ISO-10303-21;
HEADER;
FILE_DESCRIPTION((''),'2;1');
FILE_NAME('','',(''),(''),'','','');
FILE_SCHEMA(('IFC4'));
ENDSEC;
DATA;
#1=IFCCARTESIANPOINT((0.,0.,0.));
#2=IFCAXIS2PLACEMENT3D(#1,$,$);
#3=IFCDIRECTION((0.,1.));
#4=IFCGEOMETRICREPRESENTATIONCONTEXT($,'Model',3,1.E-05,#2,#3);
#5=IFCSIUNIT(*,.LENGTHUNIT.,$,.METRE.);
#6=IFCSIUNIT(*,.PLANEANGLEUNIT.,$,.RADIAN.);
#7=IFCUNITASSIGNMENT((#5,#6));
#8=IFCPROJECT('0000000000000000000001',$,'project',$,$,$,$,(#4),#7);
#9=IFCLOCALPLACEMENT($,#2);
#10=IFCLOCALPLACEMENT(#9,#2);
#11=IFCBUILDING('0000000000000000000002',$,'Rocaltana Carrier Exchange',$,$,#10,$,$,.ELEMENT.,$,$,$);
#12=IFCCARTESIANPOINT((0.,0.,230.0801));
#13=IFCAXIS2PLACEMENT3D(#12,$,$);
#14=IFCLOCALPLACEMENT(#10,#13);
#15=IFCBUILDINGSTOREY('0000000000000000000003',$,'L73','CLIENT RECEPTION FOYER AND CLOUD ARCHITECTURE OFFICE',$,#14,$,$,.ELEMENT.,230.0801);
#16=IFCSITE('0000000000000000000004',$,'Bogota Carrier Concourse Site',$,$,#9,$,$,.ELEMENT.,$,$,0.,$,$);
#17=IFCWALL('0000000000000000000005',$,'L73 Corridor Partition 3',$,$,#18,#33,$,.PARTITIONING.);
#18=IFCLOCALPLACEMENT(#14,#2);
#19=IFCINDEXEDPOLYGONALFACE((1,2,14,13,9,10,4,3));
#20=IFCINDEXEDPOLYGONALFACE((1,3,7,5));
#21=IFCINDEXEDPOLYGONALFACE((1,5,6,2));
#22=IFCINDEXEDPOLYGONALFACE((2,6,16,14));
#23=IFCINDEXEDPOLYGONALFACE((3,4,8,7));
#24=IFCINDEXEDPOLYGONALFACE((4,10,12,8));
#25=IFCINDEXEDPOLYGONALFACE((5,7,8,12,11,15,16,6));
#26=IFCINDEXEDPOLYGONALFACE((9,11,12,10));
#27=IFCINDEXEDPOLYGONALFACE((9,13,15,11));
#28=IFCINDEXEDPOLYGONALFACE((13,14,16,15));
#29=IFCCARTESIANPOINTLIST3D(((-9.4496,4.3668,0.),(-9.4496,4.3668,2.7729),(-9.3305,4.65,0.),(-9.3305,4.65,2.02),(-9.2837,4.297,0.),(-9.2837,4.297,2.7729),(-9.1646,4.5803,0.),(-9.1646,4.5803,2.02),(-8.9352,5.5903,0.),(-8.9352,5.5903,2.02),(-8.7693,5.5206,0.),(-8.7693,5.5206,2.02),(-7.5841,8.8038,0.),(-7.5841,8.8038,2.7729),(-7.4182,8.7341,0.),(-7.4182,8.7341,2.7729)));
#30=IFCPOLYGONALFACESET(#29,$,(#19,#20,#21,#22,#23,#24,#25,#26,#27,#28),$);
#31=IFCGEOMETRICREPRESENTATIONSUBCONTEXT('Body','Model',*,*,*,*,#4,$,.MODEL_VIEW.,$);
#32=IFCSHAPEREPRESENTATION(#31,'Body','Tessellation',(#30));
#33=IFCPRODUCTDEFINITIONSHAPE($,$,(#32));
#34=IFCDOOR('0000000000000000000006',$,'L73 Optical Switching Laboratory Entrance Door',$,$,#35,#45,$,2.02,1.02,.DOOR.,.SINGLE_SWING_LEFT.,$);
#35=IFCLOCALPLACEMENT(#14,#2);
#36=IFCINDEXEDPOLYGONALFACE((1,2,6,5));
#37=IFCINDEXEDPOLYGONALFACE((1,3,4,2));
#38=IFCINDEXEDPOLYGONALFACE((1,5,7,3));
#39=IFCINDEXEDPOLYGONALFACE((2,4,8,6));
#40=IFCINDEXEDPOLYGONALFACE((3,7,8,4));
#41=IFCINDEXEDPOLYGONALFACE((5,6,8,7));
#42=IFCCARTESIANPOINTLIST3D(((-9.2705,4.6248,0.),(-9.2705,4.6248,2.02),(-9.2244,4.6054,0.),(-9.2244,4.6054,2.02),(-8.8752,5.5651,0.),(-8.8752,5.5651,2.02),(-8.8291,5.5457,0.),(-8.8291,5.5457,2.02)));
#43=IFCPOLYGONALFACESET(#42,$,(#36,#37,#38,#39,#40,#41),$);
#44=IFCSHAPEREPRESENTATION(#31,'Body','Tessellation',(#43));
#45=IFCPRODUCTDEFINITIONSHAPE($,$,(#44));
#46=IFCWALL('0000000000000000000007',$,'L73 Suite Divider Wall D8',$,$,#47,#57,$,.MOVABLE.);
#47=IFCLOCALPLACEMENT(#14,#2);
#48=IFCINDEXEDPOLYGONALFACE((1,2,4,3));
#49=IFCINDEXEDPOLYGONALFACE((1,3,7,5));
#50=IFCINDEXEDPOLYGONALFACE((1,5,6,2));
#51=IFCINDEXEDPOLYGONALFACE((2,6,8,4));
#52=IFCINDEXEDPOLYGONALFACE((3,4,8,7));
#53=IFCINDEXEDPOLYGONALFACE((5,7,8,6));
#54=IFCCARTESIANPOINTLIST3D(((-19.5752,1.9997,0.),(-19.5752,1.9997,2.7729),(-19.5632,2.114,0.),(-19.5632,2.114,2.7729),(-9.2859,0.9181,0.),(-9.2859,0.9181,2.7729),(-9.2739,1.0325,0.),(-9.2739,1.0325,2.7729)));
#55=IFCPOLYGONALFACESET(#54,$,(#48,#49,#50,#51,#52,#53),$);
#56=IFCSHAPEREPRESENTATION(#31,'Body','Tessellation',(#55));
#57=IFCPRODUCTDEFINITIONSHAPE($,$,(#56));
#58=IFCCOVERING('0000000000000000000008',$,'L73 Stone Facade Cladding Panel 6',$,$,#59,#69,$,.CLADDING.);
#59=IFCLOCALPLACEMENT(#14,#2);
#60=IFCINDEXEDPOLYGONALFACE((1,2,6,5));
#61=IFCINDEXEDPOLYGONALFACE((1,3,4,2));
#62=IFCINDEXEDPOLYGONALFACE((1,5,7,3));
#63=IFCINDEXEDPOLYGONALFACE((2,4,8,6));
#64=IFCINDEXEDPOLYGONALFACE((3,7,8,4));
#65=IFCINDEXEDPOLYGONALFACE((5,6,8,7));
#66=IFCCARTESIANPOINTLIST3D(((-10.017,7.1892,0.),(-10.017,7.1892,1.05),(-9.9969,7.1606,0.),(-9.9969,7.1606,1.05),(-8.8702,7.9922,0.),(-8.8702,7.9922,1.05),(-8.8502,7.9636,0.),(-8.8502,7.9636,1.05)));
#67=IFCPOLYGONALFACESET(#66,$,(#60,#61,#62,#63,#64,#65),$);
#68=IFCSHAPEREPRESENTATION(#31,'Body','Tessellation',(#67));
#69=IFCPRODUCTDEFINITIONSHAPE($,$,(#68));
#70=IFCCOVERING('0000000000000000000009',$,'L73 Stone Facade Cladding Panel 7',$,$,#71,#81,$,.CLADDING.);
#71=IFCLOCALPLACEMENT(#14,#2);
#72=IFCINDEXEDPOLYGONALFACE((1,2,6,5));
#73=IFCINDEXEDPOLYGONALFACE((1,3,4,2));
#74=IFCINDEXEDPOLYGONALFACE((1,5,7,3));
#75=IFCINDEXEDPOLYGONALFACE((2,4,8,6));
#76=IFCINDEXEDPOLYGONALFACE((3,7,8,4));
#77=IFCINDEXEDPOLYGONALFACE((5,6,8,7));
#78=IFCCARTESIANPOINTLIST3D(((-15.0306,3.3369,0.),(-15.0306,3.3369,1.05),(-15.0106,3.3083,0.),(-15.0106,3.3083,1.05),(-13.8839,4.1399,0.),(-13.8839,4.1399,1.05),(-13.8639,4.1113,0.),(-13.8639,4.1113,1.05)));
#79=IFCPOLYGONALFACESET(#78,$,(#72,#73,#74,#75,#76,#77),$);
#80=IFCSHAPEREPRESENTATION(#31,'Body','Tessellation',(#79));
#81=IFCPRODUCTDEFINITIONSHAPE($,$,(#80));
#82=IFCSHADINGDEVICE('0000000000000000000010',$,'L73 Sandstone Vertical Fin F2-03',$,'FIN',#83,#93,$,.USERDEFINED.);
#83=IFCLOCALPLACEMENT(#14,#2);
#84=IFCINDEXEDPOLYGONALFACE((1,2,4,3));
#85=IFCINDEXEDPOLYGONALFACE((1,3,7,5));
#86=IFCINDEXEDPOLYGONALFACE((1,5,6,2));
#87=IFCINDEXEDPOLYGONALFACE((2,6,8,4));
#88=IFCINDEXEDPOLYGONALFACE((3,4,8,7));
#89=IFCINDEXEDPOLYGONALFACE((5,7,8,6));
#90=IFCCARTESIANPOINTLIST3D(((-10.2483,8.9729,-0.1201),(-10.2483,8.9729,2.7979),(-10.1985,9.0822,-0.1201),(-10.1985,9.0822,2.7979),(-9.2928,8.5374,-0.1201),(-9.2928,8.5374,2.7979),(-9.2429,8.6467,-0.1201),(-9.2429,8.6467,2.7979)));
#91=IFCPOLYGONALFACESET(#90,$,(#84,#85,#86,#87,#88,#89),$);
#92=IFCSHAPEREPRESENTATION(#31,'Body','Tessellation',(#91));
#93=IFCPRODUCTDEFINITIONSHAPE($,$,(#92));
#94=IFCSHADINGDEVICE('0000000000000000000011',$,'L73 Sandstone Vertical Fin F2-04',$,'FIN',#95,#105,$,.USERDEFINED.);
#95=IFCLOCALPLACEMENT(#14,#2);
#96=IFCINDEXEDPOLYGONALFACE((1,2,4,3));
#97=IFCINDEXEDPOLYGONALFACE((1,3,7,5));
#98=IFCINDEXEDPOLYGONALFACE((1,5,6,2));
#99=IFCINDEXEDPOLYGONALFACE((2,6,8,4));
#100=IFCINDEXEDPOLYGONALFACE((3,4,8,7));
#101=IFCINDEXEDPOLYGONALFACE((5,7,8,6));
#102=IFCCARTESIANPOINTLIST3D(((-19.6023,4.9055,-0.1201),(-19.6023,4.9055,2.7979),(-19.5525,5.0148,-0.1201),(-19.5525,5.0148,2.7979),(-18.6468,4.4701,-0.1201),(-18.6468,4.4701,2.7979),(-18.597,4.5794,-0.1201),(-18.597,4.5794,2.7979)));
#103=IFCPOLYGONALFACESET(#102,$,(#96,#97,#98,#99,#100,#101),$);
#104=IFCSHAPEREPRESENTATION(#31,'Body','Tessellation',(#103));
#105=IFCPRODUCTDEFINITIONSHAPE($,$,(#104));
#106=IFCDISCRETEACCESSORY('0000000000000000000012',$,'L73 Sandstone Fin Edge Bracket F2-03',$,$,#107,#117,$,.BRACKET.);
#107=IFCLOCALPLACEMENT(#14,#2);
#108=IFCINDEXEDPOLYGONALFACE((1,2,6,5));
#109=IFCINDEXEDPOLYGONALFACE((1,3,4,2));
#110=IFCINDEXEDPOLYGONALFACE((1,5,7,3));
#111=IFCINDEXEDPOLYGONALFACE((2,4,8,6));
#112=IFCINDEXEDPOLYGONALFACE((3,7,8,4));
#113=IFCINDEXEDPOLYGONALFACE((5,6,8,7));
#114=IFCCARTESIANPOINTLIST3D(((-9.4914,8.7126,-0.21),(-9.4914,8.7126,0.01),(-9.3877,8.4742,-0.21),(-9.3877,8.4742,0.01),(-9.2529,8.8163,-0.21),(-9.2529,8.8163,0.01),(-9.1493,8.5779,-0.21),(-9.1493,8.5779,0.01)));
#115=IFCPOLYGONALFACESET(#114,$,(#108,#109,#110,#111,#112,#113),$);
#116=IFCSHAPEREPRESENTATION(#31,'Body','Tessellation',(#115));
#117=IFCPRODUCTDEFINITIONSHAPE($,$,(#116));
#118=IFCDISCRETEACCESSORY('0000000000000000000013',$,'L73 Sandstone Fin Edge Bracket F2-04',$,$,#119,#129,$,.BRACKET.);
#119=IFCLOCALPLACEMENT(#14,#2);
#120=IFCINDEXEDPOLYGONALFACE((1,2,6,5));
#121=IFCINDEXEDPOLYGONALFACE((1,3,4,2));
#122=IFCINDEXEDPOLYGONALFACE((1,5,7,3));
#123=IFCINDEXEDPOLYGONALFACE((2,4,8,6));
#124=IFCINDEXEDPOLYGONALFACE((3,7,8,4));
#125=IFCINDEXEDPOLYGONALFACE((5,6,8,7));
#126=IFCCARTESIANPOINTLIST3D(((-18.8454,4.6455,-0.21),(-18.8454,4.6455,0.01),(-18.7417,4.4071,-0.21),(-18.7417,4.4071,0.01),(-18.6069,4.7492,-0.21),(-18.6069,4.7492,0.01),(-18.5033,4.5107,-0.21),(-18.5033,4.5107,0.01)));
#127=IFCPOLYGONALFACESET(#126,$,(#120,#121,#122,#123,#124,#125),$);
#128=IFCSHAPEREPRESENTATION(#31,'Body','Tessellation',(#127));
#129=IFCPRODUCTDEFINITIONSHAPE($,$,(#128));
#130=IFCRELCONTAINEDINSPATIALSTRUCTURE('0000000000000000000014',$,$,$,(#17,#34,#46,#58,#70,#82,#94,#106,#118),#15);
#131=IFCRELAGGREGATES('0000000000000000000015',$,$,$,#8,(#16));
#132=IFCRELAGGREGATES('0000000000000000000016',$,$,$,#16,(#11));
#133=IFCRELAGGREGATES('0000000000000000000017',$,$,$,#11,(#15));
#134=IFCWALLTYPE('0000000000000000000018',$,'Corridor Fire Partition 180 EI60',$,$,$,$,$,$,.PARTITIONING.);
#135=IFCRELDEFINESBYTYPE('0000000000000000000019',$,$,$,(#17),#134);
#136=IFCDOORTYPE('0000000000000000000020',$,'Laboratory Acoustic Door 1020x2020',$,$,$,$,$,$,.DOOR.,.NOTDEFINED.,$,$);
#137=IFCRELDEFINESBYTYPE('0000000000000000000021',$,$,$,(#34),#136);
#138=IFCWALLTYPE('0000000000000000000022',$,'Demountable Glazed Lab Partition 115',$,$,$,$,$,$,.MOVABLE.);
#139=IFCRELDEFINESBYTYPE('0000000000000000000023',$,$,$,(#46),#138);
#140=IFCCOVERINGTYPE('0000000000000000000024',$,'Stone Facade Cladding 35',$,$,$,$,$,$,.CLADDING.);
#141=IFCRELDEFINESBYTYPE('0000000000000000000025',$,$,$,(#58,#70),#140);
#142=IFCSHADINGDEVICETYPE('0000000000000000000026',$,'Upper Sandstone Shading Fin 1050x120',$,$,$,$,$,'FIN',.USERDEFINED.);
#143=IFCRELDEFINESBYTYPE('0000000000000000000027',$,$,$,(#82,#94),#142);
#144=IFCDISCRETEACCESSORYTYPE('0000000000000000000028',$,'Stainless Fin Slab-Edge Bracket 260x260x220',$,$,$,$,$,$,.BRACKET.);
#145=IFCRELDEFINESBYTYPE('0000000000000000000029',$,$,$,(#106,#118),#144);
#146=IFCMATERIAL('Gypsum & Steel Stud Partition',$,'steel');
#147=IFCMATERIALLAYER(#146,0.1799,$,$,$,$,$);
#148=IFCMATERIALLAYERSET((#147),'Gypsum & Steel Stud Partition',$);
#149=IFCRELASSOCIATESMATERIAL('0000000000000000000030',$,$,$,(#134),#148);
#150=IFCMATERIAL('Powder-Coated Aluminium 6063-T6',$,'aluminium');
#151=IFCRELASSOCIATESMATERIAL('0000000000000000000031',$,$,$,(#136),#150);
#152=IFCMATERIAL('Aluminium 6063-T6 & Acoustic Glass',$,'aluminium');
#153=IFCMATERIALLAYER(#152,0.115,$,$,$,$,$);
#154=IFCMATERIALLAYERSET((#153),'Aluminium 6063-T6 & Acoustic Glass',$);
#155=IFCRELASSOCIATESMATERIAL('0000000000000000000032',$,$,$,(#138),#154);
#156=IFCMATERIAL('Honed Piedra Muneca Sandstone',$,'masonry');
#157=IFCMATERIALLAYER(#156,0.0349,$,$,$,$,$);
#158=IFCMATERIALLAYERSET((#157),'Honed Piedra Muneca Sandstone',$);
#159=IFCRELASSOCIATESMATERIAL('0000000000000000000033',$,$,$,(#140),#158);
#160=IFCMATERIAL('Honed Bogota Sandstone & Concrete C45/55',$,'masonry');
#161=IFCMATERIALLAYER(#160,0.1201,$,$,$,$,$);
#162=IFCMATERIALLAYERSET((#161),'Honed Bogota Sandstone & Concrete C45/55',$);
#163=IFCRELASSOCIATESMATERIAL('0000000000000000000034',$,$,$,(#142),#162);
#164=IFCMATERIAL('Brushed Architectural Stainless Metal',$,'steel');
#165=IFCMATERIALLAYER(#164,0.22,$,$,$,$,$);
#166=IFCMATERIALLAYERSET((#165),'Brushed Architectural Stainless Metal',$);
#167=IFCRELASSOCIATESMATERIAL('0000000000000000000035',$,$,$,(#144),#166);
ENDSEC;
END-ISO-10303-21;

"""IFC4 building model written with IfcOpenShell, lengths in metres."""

from ifc_helpers import new_model, si_unit, direction, frame, frame_2d, origin, origin_2d, place, context, subcontext, project, spatial, rectangle, extrude, material, layer, layer_set, type_object, element, fill, save


model = new_model("IFC4")

# Units and contexts
model_context = context("Model", 3, precision=1e-05, world=origin(), true_north=direction((0.0, 1.0)))
body_context = subcontext(model_context, "Body", "Model", "MODEL_VIEW")
ifc_project = project(units=[si_unit("LENGTHUNIT", "METRE"), si_unit("PLANEANGLEUNIT", "RADIAN")], contexts=[model_context])

# Site, building, storey
site_placement = place(None, origin())
site = spatial("IfcSite", under=ifc_project, at=site_placement, Name="Bogota Carrier Concourse Site", CompositionType="ELEMENT", RefElevation=0.0)
building_placement = place(site_placement, origin())
building = spatial("IfcBuilding", under=site, at=building_placement, Name="Rocaltana Carrier Exchange", CompositionType="ELEMENT")
storey_placement = place(building_placement, frame((0.0, 0.0, 230.0801)))
storey = spatial("IfcBuildingStorey", under=building, at=storey_placement, Name="L73", Description="CLIENT RECEPTION FOYER AND CLOUD ARCHITECTURE OFFICE", CompositionType="ELEMENT", Elevation=230.0801)

# Wall, opening, door
ifc_material_1 = material(Name="Gypsum & Steel Stud Partition", Category="steel")
ifc_layer_1 = layer(ifc_material_1, 0.1799)
ifc_layer_set_1 = layer_set([ifc_layer_1], Name="Gypsum & Steel Stud Partition")
wall_type_1 = type_object("IfcWallType", Name="Corridor Fire Partition 180 EI60", PredefinedType="PARTITIONING", material=ifc_layer_set_1)
wall_1_placement = place(storey_placement, frame((-9.3667, 4.3318, 0.0), z_axis=(0.0, 0.0, 1.0), x_axis=(0.387574, 0.921839, 0.0)))
wall_1 = element("IfcWall", 1, at=wall_1_placement, inside=storey, type_object=wall_type_1, Name="L73 Corridor Partition 3", PredefinedType="PARTITIONING", context=body_context, shape_type="SweptSolid", body=[
    extrude(rectangle(XDim=4.8132, YDim=0.1799, at=frame_2d((2.4067, 0.0))), origin(), (0.0, 0.0, 1.0), 2.7729),
])
opening_placement = place(wall_1_placement, frame((0.3074, 0.0, 0.0)))
opening = element("IfcOpeningElement", 2, at=opening_placement, cuts=wall_1, PredefinedType="OPENING", context=body_context, shape_type="SweptSolid", body=[
    extrude(rectangle(XDim=1.02, YDim=2.02, at=frame_2d((0.51, 1.01))), frame((0.0, 0.0999, 0.0), z_axis=(0.0, -1.0, 0.0), x_axis=(1.0, 0.0, 0.0)), (0.0, 0.0, 1.0), 0.2),
])
ifc_material_2 = material(Name="Powder-Coated Aluminium 6063-T6", Category="aluminium")
door_type = type_object("IfcDoorType", Name="Laboratory Acoustic Door 1020x2020", OperationType="NOTDEFINED", PredefinedType="DOOR", material=ifc_material_2)
door_placement = place(opening_placement, origin())
door = element("IfcDoor", 3, at=door_placement, inside=storey, type_object=door_type, Name="L73 Optical Switching Laboratory Entrance Door", OperationType="SINGLE_SWING_LEFT", OverallHeight=2.02, OverallWidth=1.02, PredefinedType="DOOR", context=body_context, shape_type="SweptSolid", body=[
    extrude(rectangle(XDim=1.02, YDim=2.02, at=frame_2d((0.51, 1.01))), frame((0.0, 0.0249, 0.0), z_axis=(0.0, -1.0, 0.0), x_axis=(1.0, 0.0, 0.0)), (0.0, 0.0, 1.0), 0.05),
])
fill(opening, door)

# Wall
ifc_material_3 = material(Name="Aluminium 6063-T6 & Acoustic Glass", Category="aluminium")
ifc_layer_2 = layer(ifc_material_3, 0.115)
ifc_layer_set_2 = layer_set([ifc_layer_2], Name="Aluminium 6063-T6 & Acoustic Glass")
wall_type_2 = type_object("IfcWallType", Name="Demountable Glazed Lab Partition 115", PredefinedType="MOVABLE", material=ifc_layer_set_2)
wall_2_placement = place(storey_placement, frame((-9.28, 0.9753, 0.0), z_axis=(0.0, 0.0, 1.0), x_axis=(-0.994521, 0.104537, 0.0)))
element("IfcWall", 4, at=wall_2_placement, inside=storey, type_object=wall_type_2, Name="L73 Suite Divider Wall D8", PredefinedType="MOVABLE", context=body_context, shape_type="SweptSolid", body=[
    extrude(rectangle(XDim=10.3459, YDim=0.115, at=frame_2d((5.1729, 0.0))), origin(), (0.0, 0.0, 1.0), 2.7729),
])

# Coverings
ifc_material_4 = material(Name="Honed Piedra Muneca Sandstone", Category="masonry")
ifc_layer_3 = layer(ifc_material_4, 0.0349)
ifc_layer_set_3 = layer_set([ifc_layer_3], Name="Honed Piedra Muneca Sandstone")
covering_type = type_object("IfcCoveringType", Name="Stone Facade Cladding 35", PredefinedType="CLADDING", material=ifc_layer_set_3)
for number, where, z_axis, x_axis, name in (
    (5, (-9.4336, 7.5764, 0.0), (0.0, 0.0, 1.0), (0.819152, 0.573576, 0.0), "L73 Stone Facade Cladding Panel 6"),
    (6, (-14.4473, 3.7241, 0.0), (0.0, 0.0, 1.0), (0.819152, 0.573576, 0.0), "L73 Stone Facade Cladding Panel 7"),
):
    element("IfcCovering", number, at=place(storey_placement, frame(where, z_axis=z_axis, x_axis=x_axis)), inside=storey, type_object=covering_type, Name=name, PredefinedType="CLADDING", context=body_context, shape_type="SweptSolid", body=[
        extrude(rectangle(XDim=1.3999, YDim=0.0349, at=origin_2d()), origin(), (0.0, 0.0, 1.0), 1.05),
    ])

# Shading devices
ifc_material_5 = material(Name="Honed Bogota Sandstone & Concrete C45/55", Category="masonry")
ifc_layer_4 = layer(ifc_material_5, 0.1201)
ifc_layer_set_4 = layer_set([ifc_layer_4], Name="Honed Bogota Sandstone & Concrete C45/55")
shading_device_type = type_object("IfcShadingDeviceType", Name="Upper Sandstone Shading Fin 1050x120", ElementType="FIN", PredefinedType="USERDEFINED", material=ifc_layer_set_4)
for number, where, z_axis, x_axis, name in (
    (7, (-9.7456, 8.8098, -0.1201), (0.0, 0.0, 1.0), (-0.909961, 0.414693, 0.0), "L73 Sandstone Vertical Fin F2-03"),
    (8, (-19.0996, 4.7424, -0.1201), (0.0, 0.0, 1.0), (-0.909961, 0.414693, 0.0), "L73 Sandstone Vertical Fin F2-04"),
):
    element("IfcShadingDevice", number, at=place(storey_placement, frame(where, z_axis=z_axis, x_axis=x_axis)), inside=storey, type_object=shading_device_type, Name=name, ObjectType="FIN", PredefinedType="USERDEFINED", context=body_context, shape_type="SweptSolid", body=[
        extrude(rectangle(XDim=1.05, YDim=0.1201, at=origin_2d()), origin(), (0.0, 0.0, 1.0), 2.918),
    ])

# Discrete accessories
ifc_material_6 = material(Name="Brushed Architectural Stainless Metal", Category="steel")
ifc_layer_5 = layer(ifc_material_6, 0.22)
ifc_layer_set_5 = layer_set([ifc_layer_5], Name="Brushed Architectural Stainless Metal")
discrete_accessory_type = type_object("IfcDiscreteAccessoryType", Name="Stainless Fin Slab-Edge Bracket 260x260x220", PredefinedType="BRACKET", material=ifc_layer_set_5)
for number, where, z_axis, x_axis, name in (
    (9, (-9.3203, 8.6453, -0.21), (0.0, 0.0, 1.0), (-0.91706, -0.398749, 0.0), "L73 Sandstone Fin Edge Bracket F2-03"),
    (10, (-18.6743, 4.5781, -0.21), (0.0, 0.0, 1.0), (-0.91706, -0.398749, 0.0), "L73 Sandstone Fin Edge Bracket F2-04"),
):
    element("IfcDiscreteAccessory", number, at=place(storey_placement, frame(where, z_axis=z_axis, x_axis=x_axis)), inside=storey, type_object=discrete_accessory_type, Name=name, PredefinedType="BRACKET", context=body_context, shape_type="SweptSolid", body=[
        extrude(rectangle(XDim=0.26, YDim=0.26, at=origin_2d()), origin(), (0.0, 0.0, 1.0), 0.22),
    ])

save(model, "model.ifc")
